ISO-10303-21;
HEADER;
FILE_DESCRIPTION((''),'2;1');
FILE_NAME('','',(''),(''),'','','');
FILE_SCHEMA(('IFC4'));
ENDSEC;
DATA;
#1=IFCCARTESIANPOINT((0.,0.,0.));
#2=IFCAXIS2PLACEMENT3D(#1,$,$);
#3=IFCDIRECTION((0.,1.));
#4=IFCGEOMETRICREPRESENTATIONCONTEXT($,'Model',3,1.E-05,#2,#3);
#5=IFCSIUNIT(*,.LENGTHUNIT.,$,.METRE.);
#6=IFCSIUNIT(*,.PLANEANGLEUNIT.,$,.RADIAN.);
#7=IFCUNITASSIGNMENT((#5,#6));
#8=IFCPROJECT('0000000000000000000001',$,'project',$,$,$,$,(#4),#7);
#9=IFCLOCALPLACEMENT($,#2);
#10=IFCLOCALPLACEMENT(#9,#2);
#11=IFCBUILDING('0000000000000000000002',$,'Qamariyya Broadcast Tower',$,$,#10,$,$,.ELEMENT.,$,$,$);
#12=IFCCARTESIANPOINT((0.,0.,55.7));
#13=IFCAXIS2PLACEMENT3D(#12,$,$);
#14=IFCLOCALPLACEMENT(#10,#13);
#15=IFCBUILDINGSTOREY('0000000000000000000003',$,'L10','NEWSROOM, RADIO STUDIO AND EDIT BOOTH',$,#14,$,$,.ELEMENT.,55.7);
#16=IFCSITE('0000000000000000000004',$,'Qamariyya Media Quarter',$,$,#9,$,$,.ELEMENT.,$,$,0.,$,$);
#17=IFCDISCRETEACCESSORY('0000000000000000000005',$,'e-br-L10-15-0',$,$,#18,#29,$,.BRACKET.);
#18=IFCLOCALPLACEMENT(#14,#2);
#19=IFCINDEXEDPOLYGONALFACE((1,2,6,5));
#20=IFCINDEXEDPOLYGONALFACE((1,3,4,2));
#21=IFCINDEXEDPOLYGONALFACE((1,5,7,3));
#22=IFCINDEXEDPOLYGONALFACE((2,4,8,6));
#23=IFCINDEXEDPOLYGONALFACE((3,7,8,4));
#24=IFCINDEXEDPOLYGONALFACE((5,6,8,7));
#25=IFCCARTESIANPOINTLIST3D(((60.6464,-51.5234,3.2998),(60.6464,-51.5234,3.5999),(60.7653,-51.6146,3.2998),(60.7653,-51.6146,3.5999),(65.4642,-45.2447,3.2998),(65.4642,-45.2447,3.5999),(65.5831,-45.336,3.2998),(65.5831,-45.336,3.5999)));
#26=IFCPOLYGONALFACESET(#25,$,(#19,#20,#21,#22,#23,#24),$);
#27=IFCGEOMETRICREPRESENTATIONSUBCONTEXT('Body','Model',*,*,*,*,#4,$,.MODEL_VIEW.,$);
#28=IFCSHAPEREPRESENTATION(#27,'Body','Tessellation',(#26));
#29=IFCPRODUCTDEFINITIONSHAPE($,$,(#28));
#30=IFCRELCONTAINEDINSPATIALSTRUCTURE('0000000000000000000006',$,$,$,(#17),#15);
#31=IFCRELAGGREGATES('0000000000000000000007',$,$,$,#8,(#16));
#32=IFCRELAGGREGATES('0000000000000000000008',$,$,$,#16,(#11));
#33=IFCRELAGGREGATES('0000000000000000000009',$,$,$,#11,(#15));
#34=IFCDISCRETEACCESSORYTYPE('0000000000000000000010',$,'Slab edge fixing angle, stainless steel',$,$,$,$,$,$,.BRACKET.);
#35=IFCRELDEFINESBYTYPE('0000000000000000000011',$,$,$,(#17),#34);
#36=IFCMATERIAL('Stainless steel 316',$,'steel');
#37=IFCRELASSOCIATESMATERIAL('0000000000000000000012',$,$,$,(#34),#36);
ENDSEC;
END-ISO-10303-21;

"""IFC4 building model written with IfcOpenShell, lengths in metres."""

from ifc_helpers import new_model, si_unit, direction, frame, origin, origin_2d, place, context, subcontext, project, spatial, rectangle, extrude, material, type_object, element, save


model = new_model("IFC4")

# Units and contexts
model_context = context("Model", 3, precision=1e-05, world=origin(), true_north=direction((0.0, 1.0)))
body_context = subcontext(model_context, "Body", "Model", "MODEL_VIEW")
ifc_project = project(units=[si_unit("LENGTHUNIT", "METRE"), si_unit("PLANEANGLEUNIT", "RADIAN")], contexts=[model_context])

# Site, building, storey
site_placement = place(None, origin())
site = spatial("IfcSite", under=ifc_project, at=site_placement, Name="Qamariyya Media Quarter", CompositionType="ELEMENT", RefElevation=0.0)
building_placement = place(site_placement, origin())
building = spatial("IfcBuilding", under=site, at=building_placement, Name="Qamariyya Broadcast Tower", CompositionType="ELEMENT")
storey_placement = place(building_placement, frame((0.0, 0.0, 55.7)))
storey = spatial("IfcBuildingStorey", under=building, at=storey_placement, Name="L10", Description="NEWSROOM, RADIO STUDIO AND EDIT BOOTH", CompositionType="ELEMENT", Elevation=55.7)

# Discrete accessory
ifc_material_1 = material(Name="Stainless steel 316", Category="steel")
discrete_accessory_type = type_object("IfcDiscreteAccessoryType", Name="Slab edge fixing angle, stainless steel", PredefinedType="BRACKET", material=ifc_material_1)
for number, where, z_axis, x_axis, name in (
    (1, (63.1147, -48.4297, 3.2998), (0.0, 0.0, 1.0), (0.608761, 0.793353, 0.0), "e-br-L10-15-0"),
):
    element("IfcDiscreteAccessory", number, at=place(storey_placement, frame(where, z_axis=z_axis, x_axis=x_axis)), inside=storey, type_object=discrete_accessory_type, Name=name, PredefinedType="BRACKET", context=body_context, shape_type="SweptSolid", body=[
        extrude(rectangle(XDim=7.9141, YDim=0.1499, at=origin_2d()), origin(), (0.0, 0.0, 1.0), 0.3),
    ])

save(model, "model.ifc")
